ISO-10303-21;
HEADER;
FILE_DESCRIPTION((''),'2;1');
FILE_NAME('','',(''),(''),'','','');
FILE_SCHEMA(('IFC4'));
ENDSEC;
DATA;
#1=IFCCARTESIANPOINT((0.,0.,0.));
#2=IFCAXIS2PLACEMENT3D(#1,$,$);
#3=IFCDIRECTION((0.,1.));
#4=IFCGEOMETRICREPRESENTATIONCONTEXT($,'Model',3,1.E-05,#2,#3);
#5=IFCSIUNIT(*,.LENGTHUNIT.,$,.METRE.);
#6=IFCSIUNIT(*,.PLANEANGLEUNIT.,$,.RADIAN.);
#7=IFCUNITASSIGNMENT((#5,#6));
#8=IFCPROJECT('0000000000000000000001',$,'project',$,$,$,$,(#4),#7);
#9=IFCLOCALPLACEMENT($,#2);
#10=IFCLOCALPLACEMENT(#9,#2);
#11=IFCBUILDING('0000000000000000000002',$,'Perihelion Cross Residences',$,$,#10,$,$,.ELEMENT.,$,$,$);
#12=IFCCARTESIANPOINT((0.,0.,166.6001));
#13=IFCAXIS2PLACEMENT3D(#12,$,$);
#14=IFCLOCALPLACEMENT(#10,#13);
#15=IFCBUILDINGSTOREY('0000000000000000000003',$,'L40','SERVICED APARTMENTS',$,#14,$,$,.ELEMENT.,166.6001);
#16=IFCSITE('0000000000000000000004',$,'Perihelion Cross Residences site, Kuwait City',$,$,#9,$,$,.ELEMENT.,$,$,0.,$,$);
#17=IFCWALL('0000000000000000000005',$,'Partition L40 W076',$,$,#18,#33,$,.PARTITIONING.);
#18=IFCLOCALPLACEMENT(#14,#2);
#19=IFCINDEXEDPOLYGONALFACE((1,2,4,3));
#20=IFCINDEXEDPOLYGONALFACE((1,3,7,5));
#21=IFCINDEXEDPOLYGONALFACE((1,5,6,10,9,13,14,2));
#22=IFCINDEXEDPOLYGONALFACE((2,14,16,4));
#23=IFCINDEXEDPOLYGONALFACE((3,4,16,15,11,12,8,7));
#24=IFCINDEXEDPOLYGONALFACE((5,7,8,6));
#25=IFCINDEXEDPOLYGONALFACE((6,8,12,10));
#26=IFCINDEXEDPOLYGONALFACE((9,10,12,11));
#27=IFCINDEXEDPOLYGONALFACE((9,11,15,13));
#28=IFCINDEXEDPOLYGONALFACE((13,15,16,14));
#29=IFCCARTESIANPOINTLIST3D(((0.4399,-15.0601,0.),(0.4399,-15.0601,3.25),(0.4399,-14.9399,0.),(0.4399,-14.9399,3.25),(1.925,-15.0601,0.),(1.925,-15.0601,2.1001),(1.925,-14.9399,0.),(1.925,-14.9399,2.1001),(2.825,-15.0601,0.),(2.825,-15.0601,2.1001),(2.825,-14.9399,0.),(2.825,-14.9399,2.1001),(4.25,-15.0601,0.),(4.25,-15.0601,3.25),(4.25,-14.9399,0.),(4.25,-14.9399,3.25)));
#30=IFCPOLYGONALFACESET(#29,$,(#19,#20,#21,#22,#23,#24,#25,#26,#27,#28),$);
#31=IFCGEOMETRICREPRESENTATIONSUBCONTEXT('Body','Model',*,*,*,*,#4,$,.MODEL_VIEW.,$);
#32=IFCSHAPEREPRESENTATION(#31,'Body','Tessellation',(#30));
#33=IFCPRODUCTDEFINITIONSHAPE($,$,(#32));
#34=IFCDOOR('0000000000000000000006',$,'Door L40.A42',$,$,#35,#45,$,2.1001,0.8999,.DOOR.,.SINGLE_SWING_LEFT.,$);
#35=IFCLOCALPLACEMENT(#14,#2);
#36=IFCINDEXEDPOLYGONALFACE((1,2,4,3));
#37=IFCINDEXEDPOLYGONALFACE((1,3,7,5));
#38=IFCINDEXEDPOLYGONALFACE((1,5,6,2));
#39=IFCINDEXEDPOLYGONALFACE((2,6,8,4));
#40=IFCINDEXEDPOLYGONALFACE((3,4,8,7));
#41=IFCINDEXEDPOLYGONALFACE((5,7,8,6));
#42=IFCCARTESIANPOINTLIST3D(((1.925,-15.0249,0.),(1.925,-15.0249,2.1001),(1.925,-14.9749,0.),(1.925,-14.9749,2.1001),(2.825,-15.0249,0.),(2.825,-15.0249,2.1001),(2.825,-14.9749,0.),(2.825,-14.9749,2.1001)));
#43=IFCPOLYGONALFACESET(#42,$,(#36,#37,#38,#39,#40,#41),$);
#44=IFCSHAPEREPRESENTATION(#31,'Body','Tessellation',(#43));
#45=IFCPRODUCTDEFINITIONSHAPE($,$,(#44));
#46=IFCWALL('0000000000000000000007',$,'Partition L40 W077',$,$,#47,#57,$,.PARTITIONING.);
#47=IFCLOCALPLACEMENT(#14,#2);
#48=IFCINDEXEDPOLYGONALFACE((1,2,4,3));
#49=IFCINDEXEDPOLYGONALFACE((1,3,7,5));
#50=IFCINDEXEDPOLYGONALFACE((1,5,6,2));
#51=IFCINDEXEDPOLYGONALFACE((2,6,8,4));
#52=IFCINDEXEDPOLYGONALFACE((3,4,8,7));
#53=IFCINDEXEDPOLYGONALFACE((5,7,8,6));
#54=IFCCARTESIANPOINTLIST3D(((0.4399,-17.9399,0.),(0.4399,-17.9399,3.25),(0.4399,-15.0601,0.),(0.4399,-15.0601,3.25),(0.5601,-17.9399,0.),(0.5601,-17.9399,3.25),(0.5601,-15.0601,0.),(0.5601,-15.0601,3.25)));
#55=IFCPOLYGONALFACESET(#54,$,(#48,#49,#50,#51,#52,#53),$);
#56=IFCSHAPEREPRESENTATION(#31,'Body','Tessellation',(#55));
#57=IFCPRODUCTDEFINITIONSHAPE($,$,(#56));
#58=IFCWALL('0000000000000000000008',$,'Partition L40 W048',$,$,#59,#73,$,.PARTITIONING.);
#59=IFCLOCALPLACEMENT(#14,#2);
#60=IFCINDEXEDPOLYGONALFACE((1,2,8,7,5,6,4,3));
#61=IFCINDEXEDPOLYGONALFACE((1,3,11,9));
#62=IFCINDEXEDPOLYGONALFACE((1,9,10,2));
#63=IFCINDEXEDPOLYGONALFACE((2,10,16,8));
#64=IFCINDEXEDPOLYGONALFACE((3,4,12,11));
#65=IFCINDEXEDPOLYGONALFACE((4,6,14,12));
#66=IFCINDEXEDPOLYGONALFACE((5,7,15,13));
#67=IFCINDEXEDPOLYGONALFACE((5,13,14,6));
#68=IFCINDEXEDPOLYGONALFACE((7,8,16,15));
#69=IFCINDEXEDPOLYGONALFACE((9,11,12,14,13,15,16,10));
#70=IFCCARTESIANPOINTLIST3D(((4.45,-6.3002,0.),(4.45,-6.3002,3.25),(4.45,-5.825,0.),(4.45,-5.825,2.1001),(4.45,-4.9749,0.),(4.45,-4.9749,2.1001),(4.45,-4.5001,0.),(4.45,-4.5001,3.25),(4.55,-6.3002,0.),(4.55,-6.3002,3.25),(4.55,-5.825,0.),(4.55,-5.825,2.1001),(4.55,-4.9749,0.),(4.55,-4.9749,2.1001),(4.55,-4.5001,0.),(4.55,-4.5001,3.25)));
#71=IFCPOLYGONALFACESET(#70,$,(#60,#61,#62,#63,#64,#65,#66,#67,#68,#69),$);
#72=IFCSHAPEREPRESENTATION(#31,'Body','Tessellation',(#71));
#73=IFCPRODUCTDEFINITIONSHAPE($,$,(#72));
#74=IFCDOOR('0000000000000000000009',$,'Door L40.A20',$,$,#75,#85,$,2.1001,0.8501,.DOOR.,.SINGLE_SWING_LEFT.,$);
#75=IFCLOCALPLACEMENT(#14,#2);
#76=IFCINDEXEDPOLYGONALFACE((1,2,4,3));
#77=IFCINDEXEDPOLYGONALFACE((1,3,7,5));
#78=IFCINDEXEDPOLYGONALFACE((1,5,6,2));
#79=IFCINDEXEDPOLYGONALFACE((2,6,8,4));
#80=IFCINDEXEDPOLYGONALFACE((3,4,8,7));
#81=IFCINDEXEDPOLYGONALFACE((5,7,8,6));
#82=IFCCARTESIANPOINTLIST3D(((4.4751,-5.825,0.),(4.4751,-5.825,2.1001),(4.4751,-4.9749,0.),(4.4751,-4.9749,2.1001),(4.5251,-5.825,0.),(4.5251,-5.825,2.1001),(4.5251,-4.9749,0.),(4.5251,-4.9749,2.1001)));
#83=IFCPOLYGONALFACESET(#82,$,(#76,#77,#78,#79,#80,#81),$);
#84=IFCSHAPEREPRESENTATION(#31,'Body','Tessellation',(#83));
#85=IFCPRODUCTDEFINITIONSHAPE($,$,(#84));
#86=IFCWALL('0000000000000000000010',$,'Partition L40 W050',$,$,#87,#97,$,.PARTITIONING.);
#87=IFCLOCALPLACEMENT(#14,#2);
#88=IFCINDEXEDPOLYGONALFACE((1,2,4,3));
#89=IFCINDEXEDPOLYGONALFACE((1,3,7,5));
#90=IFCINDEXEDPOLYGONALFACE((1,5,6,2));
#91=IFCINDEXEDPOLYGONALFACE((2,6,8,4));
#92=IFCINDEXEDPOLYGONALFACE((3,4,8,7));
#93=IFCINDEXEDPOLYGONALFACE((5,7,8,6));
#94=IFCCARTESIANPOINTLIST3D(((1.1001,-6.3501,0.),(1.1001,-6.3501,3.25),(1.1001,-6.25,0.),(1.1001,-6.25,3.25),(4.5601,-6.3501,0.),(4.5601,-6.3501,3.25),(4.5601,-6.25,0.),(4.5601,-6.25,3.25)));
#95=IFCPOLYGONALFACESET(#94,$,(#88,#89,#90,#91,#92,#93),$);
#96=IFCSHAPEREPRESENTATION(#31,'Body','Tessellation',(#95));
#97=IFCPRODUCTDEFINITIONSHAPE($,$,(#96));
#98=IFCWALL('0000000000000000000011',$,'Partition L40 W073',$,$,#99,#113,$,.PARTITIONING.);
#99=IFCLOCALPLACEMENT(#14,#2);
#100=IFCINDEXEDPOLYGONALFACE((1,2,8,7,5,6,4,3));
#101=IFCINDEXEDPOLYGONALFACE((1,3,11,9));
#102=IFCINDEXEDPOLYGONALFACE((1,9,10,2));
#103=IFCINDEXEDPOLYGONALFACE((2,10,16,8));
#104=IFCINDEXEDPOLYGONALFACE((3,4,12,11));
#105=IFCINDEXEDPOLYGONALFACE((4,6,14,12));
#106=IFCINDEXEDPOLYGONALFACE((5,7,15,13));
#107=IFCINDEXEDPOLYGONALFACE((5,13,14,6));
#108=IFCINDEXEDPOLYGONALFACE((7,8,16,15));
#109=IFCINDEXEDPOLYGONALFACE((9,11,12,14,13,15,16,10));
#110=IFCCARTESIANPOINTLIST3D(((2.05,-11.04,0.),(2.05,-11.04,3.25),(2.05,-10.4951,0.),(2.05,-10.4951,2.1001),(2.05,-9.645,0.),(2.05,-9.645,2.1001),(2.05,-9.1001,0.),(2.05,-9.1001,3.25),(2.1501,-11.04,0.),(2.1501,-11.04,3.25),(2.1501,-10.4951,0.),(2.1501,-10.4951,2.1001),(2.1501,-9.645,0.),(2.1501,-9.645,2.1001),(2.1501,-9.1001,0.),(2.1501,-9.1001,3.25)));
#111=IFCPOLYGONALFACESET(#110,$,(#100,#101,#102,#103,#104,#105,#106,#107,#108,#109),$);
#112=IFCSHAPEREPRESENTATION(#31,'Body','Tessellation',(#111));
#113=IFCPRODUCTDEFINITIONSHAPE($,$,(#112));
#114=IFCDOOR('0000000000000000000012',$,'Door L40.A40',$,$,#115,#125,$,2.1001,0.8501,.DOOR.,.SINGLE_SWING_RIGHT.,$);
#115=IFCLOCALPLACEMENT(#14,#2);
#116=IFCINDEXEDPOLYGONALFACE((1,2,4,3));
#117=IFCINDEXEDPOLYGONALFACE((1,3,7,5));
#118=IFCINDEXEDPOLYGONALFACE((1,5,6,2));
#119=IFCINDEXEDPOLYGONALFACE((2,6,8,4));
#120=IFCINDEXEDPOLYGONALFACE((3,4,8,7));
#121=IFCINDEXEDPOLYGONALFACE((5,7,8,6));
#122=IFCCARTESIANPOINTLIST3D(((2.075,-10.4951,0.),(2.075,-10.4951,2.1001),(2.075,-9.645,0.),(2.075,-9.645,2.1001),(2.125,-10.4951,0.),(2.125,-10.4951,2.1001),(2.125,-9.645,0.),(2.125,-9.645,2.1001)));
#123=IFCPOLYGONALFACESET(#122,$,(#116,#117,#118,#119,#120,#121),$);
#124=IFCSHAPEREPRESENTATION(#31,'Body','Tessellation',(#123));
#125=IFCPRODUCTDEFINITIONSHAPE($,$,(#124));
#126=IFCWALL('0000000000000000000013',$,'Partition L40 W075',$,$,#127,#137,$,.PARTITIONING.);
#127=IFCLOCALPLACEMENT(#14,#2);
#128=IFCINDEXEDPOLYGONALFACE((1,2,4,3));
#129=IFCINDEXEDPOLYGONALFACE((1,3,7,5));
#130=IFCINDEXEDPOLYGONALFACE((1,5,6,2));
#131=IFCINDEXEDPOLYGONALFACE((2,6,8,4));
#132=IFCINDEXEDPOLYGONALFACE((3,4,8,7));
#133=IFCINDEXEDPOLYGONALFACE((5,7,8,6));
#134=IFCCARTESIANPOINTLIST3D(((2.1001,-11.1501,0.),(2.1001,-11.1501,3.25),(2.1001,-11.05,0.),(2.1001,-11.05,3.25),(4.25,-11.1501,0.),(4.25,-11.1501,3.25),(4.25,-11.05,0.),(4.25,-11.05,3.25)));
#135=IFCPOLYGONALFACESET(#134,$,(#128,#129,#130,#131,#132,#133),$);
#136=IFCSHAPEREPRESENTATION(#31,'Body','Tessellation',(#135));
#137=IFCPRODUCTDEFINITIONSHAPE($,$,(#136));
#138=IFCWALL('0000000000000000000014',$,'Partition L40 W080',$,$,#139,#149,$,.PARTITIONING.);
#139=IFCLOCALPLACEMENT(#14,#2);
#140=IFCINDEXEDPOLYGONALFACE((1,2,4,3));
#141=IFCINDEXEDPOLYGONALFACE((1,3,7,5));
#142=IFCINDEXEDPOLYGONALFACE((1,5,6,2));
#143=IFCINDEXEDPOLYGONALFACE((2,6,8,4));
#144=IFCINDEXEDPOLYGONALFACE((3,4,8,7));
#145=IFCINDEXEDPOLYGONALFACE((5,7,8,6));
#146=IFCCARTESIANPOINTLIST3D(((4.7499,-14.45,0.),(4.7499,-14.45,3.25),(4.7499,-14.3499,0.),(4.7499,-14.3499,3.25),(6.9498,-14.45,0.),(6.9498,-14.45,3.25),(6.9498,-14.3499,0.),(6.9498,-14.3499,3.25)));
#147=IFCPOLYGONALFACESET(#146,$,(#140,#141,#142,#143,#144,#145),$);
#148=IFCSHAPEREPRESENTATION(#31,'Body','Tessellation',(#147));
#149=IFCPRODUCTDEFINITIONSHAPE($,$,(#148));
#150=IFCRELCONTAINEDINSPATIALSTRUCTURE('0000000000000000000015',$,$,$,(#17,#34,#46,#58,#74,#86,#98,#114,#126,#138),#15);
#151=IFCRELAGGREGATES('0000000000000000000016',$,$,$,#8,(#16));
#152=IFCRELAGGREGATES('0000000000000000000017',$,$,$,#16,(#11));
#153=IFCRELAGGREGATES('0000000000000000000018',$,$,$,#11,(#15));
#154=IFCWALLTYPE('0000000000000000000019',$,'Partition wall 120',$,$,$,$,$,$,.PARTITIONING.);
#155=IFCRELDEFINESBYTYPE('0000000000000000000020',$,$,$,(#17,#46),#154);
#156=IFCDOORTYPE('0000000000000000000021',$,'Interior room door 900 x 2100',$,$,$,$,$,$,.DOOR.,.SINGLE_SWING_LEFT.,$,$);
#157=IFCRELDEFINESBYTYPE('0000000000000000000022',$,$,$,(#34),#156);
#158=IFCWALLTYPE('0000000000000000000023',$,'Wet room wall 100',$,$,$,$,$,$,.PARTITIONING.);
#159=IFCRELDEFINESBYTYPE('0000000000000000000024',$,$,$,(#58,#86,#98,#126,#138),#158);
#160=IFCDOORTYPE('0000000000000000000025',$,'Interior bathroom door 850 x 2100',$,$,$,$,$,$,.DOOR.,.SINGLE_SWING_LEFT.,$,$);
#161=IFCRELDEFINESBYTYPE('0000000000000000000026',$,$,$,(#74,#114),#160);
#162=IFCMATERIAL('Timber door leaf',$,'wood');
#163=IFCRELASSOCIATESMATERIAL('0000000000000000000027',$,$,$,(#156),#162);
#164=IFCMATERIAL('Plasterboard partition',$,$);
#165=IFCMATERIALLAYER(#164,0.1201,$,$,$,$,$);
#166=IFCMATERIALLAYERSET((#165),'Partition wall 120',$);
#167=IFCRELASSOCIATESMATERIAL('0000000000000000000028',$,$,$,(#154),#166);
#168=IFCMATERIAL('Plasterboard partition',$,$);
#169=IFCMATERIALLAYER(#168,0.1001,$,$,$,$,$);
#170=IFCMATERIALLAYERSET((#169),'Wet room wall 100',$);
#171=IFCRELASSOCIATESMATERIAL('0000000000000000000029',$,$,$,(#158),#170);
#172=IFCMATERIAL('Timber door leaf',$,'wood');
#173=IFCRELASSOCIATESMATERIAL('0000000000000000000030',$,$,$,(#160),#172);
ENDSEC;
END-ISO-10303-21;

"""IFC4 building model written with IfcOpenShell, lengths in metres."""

from ifc_helpers import new_model, si_unit, direction, frame, frame_2d, origin, place, context, subcontext, project, spatial, rectangle, extrude, material, layer, layer_set, type_object, element, fill, save


model = new_model("IFC4")

# Units and contexts
model_context = context("Model", 3, precision=1e-05, world=origin(), true_north=direction((0.0, 1.0)))
body_context = subcontext(model_context, "Body", "Model", "MODEL_VIEW")
ifc_project = project(units=[si_unit("LENGTHUNIT", "METRE"), si_unit("PLANEANGLEUNIT", "RADIAN")], contexts=[model_context])

# Site, building, storey
site_placement = place(None, origin())
site = spatial("IfcSite", under=ifc_project, at=site_placement, Name="Perihelion Cross Residences site, Kuwait City", CompositionType="ELEMENT", RefElevation=0.0)
building_placement = place(site_placement, origin())
building = spatial("IfcBuilding", under=site, at=building_placement, Name="Perihelion Cross Residences", CompositionType="ELEMENT")
storey_placement = place(building_placement, frame((0.0, 0.0, 166.6001)))
storey = spatial("IfcBuildingStorey", under=building, at=storey_placement, Name="L40", Description="SERVICED APARTMENTS", CompositionType="ELEMENT", Elevation=166.6001)

# Shared definitions
ifc_material_1 = material(Name="Timber door leaf", Category="wood")
door_type_1 = type_object("IfcDoorType", Name="Interior room door 900 x 2100", OperationType="SINGLE_SWING_LEFT", PredefinedType="DOOR", material=ifc_material_1)

# Shared definitions
ifc_material_2 = material(Name="Plasterboard partition")
ifc_layer_1 = layer(ifc_material_2, 0.1201)
ifc_layer_set_1 = layer_set([ifc_layer_1], Name="Partition wall 120")
wall_type_1 = type_object("IfcWallType", Name="Partition wall 120", PredefinedType="PARTITIONING", material=ifc_layer_set_1)

# Wall, opening, door
wall_1_placement = place(storey_placement, frame((4.25, -15.0, 0.0), z_axis=(0.0, 0.0, 1.0), x_axis=(-1.0, 0.0, 0.0)))
wall_1 = element("IfcWall", 1, at=wall_1_placement, inside=storey, type_object=wall_type_1, Name="Partition L40 W076", PredefinedType="PARTITIONING", context=body_context, shape_type="SweptSolid", body=[
    extrude(rectangle(XDim=3.8101, YDim=0.1201, at=frame_2d((1.905, 0.0))), origin(), (0.0, 0.0, 1.0), 3.25),
])
opening_1_placement = place(wall_1_placement, frame((1.425, 0.0, 0.0)))
opening_1 = element("IfcOpeningElement", 2, at=opening_1_placement, cuts=wall_1, PredefinedType="OPENING", context=body_context, shape_type="SweptSolid", body=[
    extrude(rectangle(XDim=0.8999, YDim=2.1001, at=frame_2d((0.45, 1.05))), frame((0.0, 0.0701, 0.0), z_axis=(0.0, -1.0, 0.0), x_axis=(1.0, 0.0, 0.0)), (0.0, 0.0, 1.0), 0.1401),
])
door_1_placement = place(opening_1_placement, origin())
door_1 = element("IfcDoor", 3, at=door_1_placement, inside=storey, type_object=door_type_1, Name="Door L40.A42", OperationType="SINGLE_SWING_LEFT", OverallHeight=2.1001, OverallWidth=0.8999, PredefinedType="DOOR", context=body_context, shape_type="SweptSolid", body=[
    extrude(rectangle(XDim=0.8999, YDim=2.1001, at=frame_2d((0.45, 1.05))), frame((0.0, 0.0249, 0.0), z_axis=(0.0, -1.0, 0.0), x_axis=(1.0, 0.0, 0.0)), (0.0, 0.0, 1.0), 0.05),
])
fill(opening_1, door_1)

# Wall
wall_2_placement = place(storey_placement, frame((0.5, -15.0601, 0.0), z_axis=(0.0, 0.0, 1.0), x_axis=(0.0, -1.0, 0.0)))
element("IfcWall", 4, at=wall_2_placement, inside=storey, type_object=wall_type_1, Name="Partition L40 W077", PredefinedType="PARTITIONING", context=body_context, shape_type="SweptSolid", body=[
    extrude(rectangle(XDim=2.8799, YDim=0.1201, at=frame_2d((1.4399, 0.0))), origin(), (0.0, 0.0, 1.0), 3.25),
])

# Wall, opening, door
ifc_material_3 = material(Name="Plasterboard partition")
ifc_layer_2 = layer(ifc_material_3, 0.1001)
ifc_layer_set_2 = layer_set([ifc_layer_2], Name="Wet room wall 100")
wall_type_2 = type_object("IfcWallType", Name="Wet room wall 100", PredefinedType="PARTITIONING", material=ifc_layer_set_2)
wall_3_placement = place(storey_placement, frame((4.5, -6.3, 0.0), z_axis=(0.0, 0.0, 1.0), x_axis=(0.0, 1.0, 0.0)))
wall_3 = element("IfcWall", 5, at=wall_3_placement, inside=storey, type_object=wall_type_2, Name="Partition L40 W048", PredefinedType="PARTITIONING", context=body_context, shape_type="SweptSolid", body=[
    extrude(rectangle(XDim=1.8, YDim=0.1001, at=frame_2d((0.8999, 0.0))), origin(), (0.0, 0.0, 1.0), 3.25),
])
opening_2_placement = place(wall_3_placement, frame((0.4751, 0.0, 0.0)))
opening_2 = element("IfcOpeningElement", 6, at=opening_2_placement, cuts=wall_3, PredefinedType="OPENING", context=body_context, shape_type="SweptSolid", body=[
    extrude(rectangle(XDim=0.8501, YDim=2.1001, at=frame_2d((0.425, 1.05))), frame((0.0, 0.0601, 0.0), z_axis=(0.0, -1.0, 0.0), x_axis=(1.0, 0.0, 0.0)), (0.0, 0.0, 1.0), 0.1201),
])
ifc_material_4 = material(Name="Timber door leaf", Category="wood")
door_type_2 = type_object("IfcDoorType", Name="Interior bathroom door 850 x 2100", OperationType="SINGLE_SWING_LEFT", PredefinedType="DOOR", material=ifc_material_4)
door_2_placement = place(opening_2_placement, origin())
door_2 = element("IfcDoor", 7, at=door_2_placement, inside=storey, type_object=door_type_2, Name="Door L40.A20", OperationType="SINGLE_SWING_LEFT", OverallHeight=2.1001, OverallWidth=0.8501, PredefinedType="DOOR", context=body_context, shape_type="SweptSolid", body=[
    extrude(rectangle(XDim=0.8501, YDim=2.1001, at=frame_2d((0.425, 1.05))), frame((0.0, 0.0249, 0.0), z_axis=(0.0, -1.0, 0.0), x_axis=(1.0, 0.0, 0.0)), (0.0, 0.0, 1.0), 0.05),
])
fill(opening_2, door_2)

# Wall
wall_4_placement = place(storey_placement, frame((4.5601, -6.3, 0.0), z_axis=(0.0, 0.0, 1.0), x_axis=(-1.0, 0.0, 0.0)))
element("IfcWall", 8, at=wall_4_placement, inside=storey, type_object=wall_type_2, Name="Partition L40 W050", PredefinedType="PARTITIONING", context=body_context, shape_type="SweptSolid", body=[
    extrude(rectangle(XDim=3.46, YDim=0.1001, at=frame_2d((1.73, 0.0))), origin(), (0.0, 0.0, 1.0), 3.25),
])

# Wall, opening, door
wall_5_placement = place(storey_placement, frame((2.1001, -9.1001, 0.0), z_axis=(0.0, 0.0, 1.0), x_axis=(0.0, -1.0, 0.0)))
wall_5 = element("IfcWall", 9, at=wall_5_placement, inside=storey, type_object=wall_type_2, Name="Partition L40 W073", PredefinedType="PARTITIONING", context=body_context, shape_type="SweptSolid", body=[
    extrude(rectangle(XDim=1.9399, YDim=0.1001, at=frame_2d((0.97, 0.0))), origin(), (0.0, 0.0, 1.0), 3.25),
])
opening_3_placement = place(wall_5_placement, frame((0.5449, 0.0, 0.0)))
opening_3 = element("IfcOpeningElement", 10, at=opening_3_placement, cuts=wall_5, PredefinedType="OPENING", context=body_context, shape_type="SweptSolid", body=[
    extrude(rectangle(XDim=0.8501, YDim=2.1001, at=frame_2d((0.425, 1.05))), frame((0.0, 0.0601, 0.0), z_axis=(0.0, -1.0, 0.0), x_axis=(1.0, 0.0, 0.0)), (0.0, 0.0, 1.0), 0.1201),
])
door_3_placement = place(opening_3_placement, origin())
door_3 = element("IfcDoor", 11, at=door_3_placement, inside=storey, type_object=door_type_2, Name="Door L40.A40", OperationType="SINGLE_SWING_RIGHT", OverallHeight=2.1001, OverallWidth=0.8501, PredefinedType="DOOR", context=body_context, shape_type="SweptSolid", body=[
    extrude(rectangle(XDim=0.8501, YDim=2.1001, at=frame_2d((0.425, 1.05))), frame((0.0, 0.0249, 0.0), z_axis=(0.0, -1.0, 0.0), x_axis=(1.0, 0.0, 0.0)), (0.0, 0.0, 1.0), 0.05),
])
fill(opening_3, door_3)

# Walls
wall_6_placement = place(storey_placement, frame((4.25, -11.1001, 0.0), z_axis=(0.0, 0.0, 1.0), x_axis=(-1.0, 0.0, 0.0)))
element("IfcWall", 12, at=wall_6_placement, inside=storey, type_object=wall_type_2, Name="Partition L40 W075", PredefinedType="PARTITIONING", context=body_context, shape_type="SweptSolid", body=[
    extrude(rectangle(XDim=2.1499, YDim=0.1001, at=frame_2d((1.075, 0.0))), origin(), (0.0, 0.0, 1.0), 3.25),
])
wall_7_placement = place(storey_placement, frame((6.95, -14.3999, 0.0), z_axis=(0.0, 0.0, 1.0), x_axis=(-1.0, 0.0, 0.0)))
element("IfcWall", 13, at=wall_7_placement, inside=storey, type_object=wall_type_2, Name="Partition L40 W080", PredefinedType="PARTITIONING", context=body_context, shape_type="SweptSolid", body=[
    extrude(rectangle(XDim=2.2, YDim=0.1001, at=frame_2d((1.1001, 0.0))), origin(), (0.0, 0.0, 1.0), 3.25),
])

save(model, "model.ifc")
